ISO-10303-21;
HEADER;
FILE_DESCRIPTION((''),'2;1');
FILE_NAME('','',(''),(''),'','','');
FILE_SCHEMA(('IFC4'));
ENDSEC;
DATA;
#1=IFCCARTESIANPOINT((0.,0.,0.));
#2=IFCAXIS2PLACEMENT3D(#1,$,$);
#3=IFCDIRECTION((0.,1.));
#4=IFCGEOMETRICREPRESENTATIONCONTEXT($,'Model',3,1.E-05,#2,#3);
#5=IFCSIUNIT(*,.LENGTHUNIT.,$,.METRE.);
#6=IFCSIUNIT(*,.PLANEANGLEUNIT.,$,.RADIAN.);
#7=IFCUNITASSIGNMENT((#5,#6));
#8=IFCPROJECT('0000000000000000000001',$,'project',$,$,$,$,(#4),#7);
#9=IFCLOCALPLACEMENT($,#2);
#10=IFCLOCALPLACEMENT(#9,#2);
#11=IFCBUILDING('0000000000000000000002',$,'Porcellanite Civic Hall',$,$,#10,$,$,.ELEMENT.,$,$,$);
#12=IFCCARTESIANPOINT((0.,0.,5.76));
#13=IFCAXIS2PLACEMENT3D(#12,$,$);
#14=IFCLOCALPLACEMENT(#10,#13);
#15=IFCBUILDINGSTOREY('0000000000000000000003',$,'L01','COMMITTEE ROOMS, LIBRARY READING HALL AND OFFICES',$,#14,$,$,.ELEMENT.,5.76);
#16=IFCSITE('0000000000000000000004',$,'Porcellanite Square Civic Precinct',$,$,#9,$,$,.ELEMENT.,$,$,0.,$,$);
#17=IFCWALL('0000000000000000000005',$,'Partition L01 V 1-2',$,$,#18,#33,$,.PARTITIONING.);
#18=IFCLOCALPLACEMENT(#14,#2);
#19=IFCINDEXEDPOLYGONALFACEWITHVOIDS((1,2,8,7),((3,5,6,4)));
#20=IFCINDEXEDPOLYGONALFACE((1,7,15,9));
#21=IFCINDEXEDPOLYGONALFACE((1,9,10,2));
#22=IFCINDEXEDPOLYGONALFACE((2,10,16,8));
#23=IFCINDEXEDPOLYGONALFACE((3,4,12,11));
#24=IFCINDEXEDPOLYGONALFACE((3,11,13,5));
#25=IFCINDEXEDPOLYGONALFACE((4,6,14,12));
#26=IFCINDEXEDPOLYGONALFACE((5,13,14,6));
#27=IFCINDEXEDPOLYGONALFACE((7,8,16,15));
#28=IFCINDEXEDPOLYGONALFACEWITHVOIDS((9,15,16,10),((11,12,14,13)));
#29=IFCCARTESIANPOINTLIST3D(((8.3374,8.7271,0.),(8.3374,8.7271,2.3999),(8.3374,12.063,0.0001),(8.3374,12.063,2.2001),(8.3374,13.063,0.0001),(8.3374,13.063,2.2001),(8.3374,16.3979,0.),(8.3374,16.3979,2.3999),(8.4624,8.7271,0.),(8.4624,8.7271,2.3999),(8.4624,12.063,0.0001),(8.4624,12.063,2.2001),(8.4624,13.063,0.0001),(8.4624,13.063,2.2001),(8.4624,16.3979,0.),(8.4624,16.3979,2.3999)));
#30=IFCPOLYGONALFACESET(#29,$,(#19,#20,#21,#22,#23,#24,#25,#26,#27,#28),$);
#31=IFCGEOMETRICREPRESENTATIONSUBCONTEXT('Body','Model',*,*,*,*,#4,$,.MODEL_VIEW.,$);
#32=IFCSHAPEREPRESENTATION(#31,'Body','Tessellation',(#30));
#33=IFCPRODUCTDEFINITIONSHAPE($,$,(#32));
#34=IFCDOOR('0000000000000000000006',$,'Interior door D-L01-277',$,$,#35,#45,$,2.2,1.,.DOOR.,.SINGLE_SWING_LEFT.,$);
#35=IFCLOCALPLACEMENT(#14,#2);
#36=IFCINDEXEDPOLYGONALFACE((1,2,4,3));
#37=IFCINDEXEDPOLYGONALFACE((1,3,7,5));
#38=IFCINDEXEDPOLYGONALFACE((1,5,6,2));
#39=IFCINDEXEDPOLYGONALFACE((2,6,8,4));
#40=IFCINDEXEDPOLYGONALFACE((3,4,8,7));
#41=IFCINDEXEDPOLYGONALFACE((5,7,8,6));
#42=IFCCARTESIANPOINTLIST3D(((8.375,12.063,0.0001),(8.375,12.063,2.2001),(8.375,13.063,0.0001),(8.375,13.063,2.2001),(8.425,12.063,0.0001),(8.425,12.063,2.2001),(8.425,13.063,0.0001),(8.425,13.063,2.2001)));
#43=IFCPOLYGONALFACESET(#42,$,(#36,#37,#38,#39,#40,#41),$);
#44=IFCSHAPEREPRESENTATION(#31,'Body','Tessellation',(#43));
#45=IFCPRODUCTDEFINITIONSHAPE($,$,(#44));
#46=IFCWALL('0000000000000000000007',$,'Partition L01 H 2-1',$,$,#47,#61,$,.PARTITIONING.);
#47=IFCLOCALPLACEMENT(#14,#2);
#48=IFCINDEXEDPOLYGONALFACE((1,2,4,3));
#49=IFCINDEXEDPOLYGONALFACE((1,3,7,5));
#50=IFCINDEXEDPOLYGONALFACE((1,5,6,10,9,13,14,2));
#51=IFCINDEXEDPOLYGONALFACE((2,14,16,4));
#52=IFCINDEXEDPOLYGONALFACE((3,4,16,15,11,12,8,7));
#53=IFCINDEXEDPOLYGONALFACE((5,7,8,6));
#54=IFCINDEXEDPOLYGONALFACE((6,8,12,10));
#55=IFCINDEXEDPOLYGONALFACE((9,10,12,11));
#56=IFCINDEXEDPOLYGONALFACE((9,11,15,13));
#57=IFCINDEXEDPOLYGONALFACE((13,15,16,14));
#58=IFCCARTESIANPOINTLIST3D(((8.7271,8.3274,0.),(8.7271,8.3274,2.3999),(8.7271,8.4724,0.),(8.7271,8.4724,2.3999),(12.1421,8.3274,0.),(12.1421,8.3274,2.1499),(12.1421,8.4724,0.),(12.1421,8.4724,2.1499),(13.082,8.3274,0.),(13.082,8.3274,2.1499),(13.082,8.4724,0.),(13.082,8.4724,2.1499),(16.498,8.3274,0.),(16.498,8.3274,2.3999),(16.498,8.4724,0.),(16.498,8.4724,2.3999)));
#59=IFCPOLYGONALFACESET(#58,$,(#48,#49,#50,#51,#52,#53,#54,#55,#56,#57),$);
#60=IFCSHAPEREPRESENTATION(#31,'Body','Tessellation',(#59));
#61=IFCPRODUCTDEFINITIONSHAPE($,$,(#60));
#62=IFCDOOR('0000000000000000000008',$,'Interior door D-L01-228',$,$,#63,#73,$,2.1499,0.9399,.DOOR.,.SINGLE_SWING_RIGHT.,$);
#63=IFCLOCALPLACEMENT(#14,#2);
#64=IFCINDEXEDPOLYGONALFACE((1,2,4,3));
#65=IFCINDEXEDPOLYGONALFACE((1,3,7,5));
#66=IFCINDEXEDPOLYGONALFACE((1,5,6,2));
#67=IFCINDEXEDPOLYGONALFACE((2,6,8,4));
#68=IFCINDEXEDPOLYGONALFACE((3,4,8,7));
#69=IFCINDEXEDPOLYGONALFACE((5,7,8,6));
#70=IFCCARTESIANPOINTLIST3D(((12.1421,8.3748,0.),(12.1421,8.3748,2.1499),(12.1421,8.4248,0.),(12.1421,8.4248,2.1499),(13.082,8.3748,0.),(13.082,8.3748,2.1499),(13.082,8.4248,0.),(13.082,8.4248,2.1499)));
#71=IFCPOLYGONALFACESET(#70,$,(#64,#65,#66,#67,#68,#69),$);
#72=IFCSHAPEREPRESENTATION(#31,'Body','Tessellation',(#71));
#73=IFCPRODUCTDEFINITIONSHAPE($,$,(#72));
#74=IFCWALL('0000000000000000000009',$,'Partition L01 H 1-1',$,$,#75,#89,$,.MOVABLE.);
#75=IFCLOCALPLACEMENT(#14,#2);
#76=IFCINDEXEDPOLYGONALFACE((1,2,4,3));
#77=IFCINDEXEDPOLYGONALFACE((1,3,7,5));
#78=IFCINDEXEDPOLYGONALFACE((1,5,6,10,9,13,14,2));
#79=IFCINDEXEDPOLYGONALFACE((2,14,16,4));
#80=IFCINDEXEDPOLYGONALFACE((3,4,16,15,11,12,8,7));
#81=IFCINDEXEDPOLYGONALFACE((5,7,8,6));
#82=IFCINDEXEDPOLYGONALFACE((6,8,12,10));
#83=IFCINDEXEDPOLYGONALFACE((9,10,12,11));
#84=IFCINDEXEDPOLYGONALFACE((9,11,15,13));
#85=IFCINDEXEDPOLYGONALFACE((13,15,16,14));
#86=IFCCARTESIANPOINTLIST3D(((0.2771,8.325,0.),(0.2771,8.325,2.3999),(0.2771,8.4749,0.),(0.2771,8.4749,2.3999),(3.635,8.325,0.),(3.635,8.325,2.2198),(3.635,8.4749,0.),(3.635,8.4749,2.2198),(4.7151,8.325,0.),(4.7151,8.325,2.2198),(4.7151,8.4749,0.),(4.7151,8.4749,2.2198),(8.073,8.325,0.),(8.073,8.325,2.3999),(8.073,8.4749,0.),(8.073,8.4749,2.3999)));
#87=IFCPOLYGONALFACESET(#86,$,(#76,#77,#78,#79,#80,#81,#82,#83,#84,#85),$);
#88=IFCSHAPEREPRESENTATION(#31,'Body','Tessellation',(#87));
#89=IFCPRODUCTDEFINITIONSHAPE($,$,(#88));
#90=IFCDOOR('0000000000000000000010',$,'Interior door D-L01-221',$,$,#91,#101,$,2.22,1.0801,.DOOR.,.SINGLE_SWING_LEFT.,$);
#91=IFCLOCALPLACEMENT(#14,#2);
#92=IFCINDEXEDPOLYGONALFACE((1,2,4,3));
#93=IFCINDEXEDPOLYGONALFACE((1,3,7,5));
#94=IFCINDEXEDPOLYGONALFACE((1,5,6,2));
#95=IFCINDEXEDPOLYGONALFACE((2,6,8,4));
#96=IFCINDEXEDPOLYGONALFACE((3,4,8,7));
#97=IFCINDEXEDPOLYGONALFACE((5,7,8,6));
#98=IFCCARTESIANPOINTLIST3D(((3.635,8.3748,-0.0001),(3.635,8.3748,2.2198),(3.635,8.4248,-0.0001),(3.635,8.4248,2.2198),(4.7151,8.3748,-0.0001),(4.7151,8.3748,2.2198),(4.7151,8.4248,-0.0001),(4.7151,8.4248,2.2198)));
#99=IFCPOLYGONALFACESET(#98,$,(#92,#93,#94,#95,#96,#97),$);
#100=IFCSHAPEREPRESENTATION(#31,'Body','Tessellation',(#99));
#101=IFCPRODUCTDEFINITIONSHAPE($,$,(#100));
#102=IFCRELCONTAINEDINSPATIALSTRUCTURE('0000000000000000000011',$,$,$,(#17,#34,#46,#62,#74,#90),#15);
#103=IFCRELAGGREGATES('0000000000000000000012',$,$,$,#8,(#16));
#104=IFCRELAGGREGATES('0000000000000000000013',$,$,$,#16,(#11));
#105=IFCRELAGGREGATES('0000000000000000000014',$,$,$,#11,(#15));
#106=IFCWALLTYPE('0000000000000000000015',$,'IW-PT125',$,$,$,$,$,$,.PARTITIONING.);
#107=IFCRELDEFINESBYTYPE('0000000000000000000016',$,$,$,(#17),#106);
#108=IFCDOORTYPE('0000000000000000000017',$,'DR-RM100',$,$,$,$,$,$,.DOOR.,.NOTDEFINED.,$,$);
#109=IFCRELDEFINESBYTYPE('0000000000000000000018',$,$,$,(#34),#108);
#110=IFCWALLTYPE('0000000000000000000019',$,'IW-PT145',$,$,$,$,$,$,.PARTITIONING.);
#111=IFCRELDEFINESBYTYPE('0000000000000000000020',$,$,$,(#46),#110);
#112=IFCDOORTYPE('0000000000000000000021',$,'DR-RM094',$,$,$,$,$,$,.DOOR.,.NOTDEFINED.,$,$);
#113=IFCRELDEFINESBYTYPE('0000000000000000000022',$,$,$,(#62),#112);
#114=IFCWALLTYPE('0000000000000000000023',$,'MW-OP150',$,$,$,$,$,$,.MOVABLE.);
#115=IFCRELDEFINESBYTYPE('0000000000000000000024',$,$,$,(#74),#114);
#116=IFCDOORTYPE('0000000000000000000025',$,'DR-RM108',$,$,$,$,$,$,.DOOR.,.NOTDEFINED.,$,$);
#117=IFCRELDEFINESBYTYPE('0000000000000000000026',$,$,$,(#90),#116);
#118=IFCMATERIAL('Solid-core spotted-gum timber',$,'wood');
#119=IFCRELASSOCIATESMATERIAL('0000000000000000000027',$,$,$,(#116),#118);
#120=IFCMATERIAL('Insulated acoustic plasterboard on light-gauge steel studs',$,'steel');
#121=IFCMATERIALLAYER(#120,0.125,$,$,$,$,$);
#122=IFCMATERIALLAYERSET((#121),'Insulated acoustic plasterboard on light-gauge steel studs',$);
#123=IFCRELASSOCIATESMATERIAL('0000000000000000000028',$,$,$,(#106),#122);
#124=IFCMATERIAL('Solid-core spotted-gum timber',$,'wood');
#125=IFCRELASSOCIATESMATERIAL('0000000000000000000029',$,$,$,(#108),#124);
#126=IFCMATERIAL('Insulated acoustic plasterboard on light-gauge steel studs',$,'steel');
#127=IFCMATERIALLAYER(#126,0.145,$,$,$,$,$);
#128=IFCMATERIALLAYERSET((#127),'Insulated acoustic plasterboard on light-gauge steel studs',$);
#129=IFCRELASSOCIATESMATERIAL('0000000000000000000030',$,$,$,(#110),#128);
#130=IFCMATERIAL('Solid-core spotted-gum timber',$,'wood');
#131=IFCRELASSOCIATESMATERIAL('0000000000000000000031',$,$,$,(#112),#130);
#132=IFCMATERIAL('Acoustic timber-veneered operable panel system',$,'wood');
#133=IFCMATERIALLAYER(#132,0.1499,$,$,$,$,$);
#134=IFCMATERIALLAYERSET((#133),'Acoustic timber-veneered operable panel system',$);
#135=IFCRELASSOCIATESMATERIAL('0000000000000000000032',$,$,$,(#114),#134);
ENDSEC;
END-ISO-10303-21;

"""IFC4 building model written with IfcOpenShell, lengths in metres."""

from ifc_helpers import new_model, si_unit, direction, frame, frame_2d, origin, place, context, subcontext, project, spatial, rectangle, extrude, material, layer, layer_set, type_object, element, fill, save


model = new_model("IFC4")

# Units and contexts
model_context = context("Model", 3, precision=1e-05, world=origin(), true_north=direction((0.0, 1.0)))
body_context = subcontext(model_context, "Body", "Model", "MODEL_VIEW")
ifc_project = project(units=[si_unit("LENGTHUNIT", "METRE"), si_unit("PLANEANGLEUNIT", "RADIAN")], contexts=[model_context])

# Site, building, storey
site_placement = place(None, origin())
site = spatial("IfcSite", under=ifc_project, at=site_placement, Name="Porcellanite Square Civic Precinct", CompositionType="ELEMENT", RefElevation=0.0)
building_placement = place(site_placement, origin())
building = spatial("IfcBuilding", under=site, at=building_placement, Name="Porcellanite Civic Hall", CompositionType="ELEMENT")
storey_placement = place(building_placement, frame((0.0, 0.0, 5.76)))
storey = spatial("IfcBuildingStorey", under=building, at=storey_placement, Name="L01", Description="COMMITTEE ROOMS, LIBRARY READING HALL AND OFFICES", CompositionType="ELEMENT", Elevation=5.76)

# Walls, openings, doors
ifc_material_1 = material(Name="Solid-core spotted-gum timber", Category="wood")
door_type_1 = type_object("IfcDoorType", Name="DR-RM108", OperationType="NOTDEFINED", PredefinedType="DOOR", material=ifc_material_1)
ifc_material_2 = material(Name="Insulated acoustic plasterboard on light-gauge steel studs", Category="steel")
ifc_layer_1 = layer(ifc_material_2, 0.125)
ifc_layer_set_1 = layer_set([ifc_layer_1], Name="Insulated acoustic plasterboard on light-gauge steel studs")
wall_type_1 = type_object("IfcWallType", Name="IW-PT125", PredefinedType="PARTITIONING", material=ifc_layer_set_1)
wall_1_placement = place(storey_placement, frame((8.3999, 8.7271, 0.0), z_axis=(0.0, 0.0, 1.0), x_axis=(0.0, 1.0, 0.0)))
wall_1 = element("IfcWall", 1, at=wall_1_placement, inside=storey, type_object=wall_type_1, Name="Partition L01 V 1-2", PredefinedType="PARTITIONING", context=body_context, shape_type="SweptSolid", body=[
    extrude(rectangle(XDim=7.6709, YDim=0.125, at=frame_2d((3.8354, 0.0))), origin(), (0.0, 0.0, 1.0), 2.3999),
])
opening_1_placement = place(wall_1_placement, frame((3.3359, 0.0, 0.0)))
opening_1 = element("IfcOpeningElement", 2, at=opening_1_placement, cuts=wall_1, PredefinedType="OPENING", context=body_context, shape_type="SweptSolid", body=[
    extrude(rectangle(XDim=1.0, YDim=2.2, at=frame_2d((0.5, 1.1001))), frame((0.0, 0.0625, 0.0), z_axis=(0.0, -1.0, 0.0), x_axis=(1.0, 0.0, 0.0)), (0.0, 0.0, 1.0), 0.125),
])
ifc_material_3 = material(Name="Solid-core spotted-gum timber", Category="wood")
door_type_2 = type_object("IfcDoorType", Name="DR-RM100", OperationType="NOTDEFINED", PredefinedType="DOOR", material=ifc_material_3)
door_1_placement = place(opening_1_placement, origin())
door_1 = element("IfcDoor", 3, at=door_1_placement, inside=storey, type_object=door_type_2, Name="Interior door D-L01-277", OperationType="SINGLE_SWING_LEFT", OverallHeight=2.2, OverallWidth=1.0, PredefinedType="DOOR", context=body_context, shape_type="SweptSolid", body=[
    extrude(rectangle(XDim=1.0, YDim=2.2, at=frame_2d((0.5, 1.1001))), frame((0.0, 0.0249, 0.0), z_axis=(0.0, -1.0, 0.0), x_axis=(1.0, 0.0, 0.0)), (0.0, 0.0, 1.0), 0.05),
])
fill(opening_1, door_1)
ifc_material_4 = material(Name="Insulated acoustic plasterboard on light-gauge steel studs", Category="steel")
ifc_layer_2 = layer(ifc_material_4, 0.145)
ifc_layer_set_2 = layer_set([ifc_layer_2], Name="Insulated acoustic plasterboard on light-gauge steel studs")
wall_type_2 = type_object("IfcWallType", Name="IW-PT145", PredefinedType="PARTITIONING", material=ifc_layer_set_2)
wall_2_placement = place(storey_placement, frame((8.7271, 8.3999, 0.0), z_axis=(0.0, 0.0, 1.0), x_axis=(1.0, 0.0, 0.0)))
wall_2 = element("IfcWall", 4, at=wall_2_placement, inside=storey, type_object=wall_type_2, Name="Partition L01 H 2-1", PredefinedType="PARTITIONING", context=body_context, shape_type="SweptSolid", body=[
    extrude(rectangle(XDim=7.771, YDim=0.145, at=frame_2d((3.8855, 0.0))), origin(), (0.0, 0.0, 1.0), 2.3999),
])
opening_2_placement = place(wall_2_placement, frame((3.415, 0.0, 0.0)))
opening_2 = element("IfcOpeningElement", 5, at=opening_2_placement, cuts=wall_2, PredefinedType="OPENING", context=body_context, shape_type="SweptSolid", body=[
    extrude(rectangle(XDim=0.9399, YDim=2.1499, at=frame_2d((0.47, 1.075))), frame((0.0, 0.0725, 0.0), z_axis=(0.0, -1.0, 0.0), x_axis=(1.0, 0.0, 0.0)), (0.0, 0.0, 1.0), 0.145),
])
ifc_material_5 = material(Name="Solid-core spotted-gum timber", Category="wood")
door_type_3 = type_object("IfcDoorType", Name="DR-RM094", OperationType="NOTDEFINED", PredefinedType="DOOR", material=ifc_material_5)
door_2_placement = place(opening_2_placement, origin())
door_2 = element("IfcDoor", 6, at=door_2_placement, inside=storey, type_object=door_type_3, Name="Interior door D-L01-228", OperationType="SINGLE_SWING_RIGHT", OverallHeight=2.1499, OverallWidth=0.9399, PredefinedType="DOOR", context=body_context, shape_type="SweptSolid", body=[
    extrude(rectangle(XDim=0.9399, YDim=2.1499, at=frame_2d((0.47, 1.075))), frame((0.0, 0.0249, 0.0), z_axis=(0.0, -1.0, 0.0), x_axis=(1.0, 0.0, 0.0)), (0.0, 0.0, 1.0), 0.05),
])
fill(opening_2, door_2)
ifc_material_6 = material(Name="Acoustic timber-veneered operable panel system", Category="wood")
ifc_layer_3 = layer(ifc_material_6, 0.1499)
ifc_layer_set_3 = layer_set([ifc_layer_3], Name="Acoustic timber-veneered operable panel system")
wall_type_3 = type_object("IfcWallType", Name="MW-OP150", PredefinedType="MOVABLE", material=ifc_layer_set_3)
wall_3_placement = place(storey_placement, frame((0.2771, 8.3999, 0.0), z_axis=(0.0, 0.0, 1.0), x_axis=(1.0, 0.0, 0.0)))
wall_3 = element("IfcWall", 7, at=wall_3_placement, inside=storey, type_object=wall_type_3, Name="Partition L01 H 1-1", PredefinedType="MOVABLE", context=body_context, shape_type="SweptSolid", body=[
    extrude(rectangle(XDim=7.7959, YDim=0.1499, at=frame_2d((3.8979, 0.0))), origin(), (0.0, 0.0, 1.0), 2.3999),
])
opening_3_placement = place(wall_3_placement, frame((3.3579, 0.0, 0.0)))
opening_3 = element("IfcOpeningElement", 8, at=opening_3_placement, cuts=wall_3, PredefinedType="OPENING", context=body_context, shape_type="SweptSolid", body=[
    extrude(rectangle(XDim=1.0801, YDim=2.22, at=frame_2d((0.54, 1.1099))), frame((0.0, 0.075, 0.0), z_axis=(0.0, -1.0, 0.0), x_axis=(1.0, 0.0, 0.0)), (0.0, 0.0, 1.0), 0.1499),
])
door_3_placement = place(opening_3_placement, origin())
door_3 = element("IfcDoor", 9, at=door_3_placement, inside=storey, type_object=door_type_1, Name="Interior door D-L01-221", OperationType="SINGLE_SWING_LEFT", OverallHeight=2.22, OverallWidth=1.0801, PredefinedType="DOOR", context=body_context, shape_type="SweptSolid", body=[
    extrude(rectangle(XDim=1.0801, YDim=2.22, at=frame_2d((0.54, 1.1099))), frame((0.0, 0.0249, 0.0), z_axis=(0.0, -1.0, 0.0), x_axis=(1.0, 0.0, 0.0)), (0.0, 0.0, 1.0), 0.05),
])
fill(opening_3, door_3)

save(model, "model.ifc")
